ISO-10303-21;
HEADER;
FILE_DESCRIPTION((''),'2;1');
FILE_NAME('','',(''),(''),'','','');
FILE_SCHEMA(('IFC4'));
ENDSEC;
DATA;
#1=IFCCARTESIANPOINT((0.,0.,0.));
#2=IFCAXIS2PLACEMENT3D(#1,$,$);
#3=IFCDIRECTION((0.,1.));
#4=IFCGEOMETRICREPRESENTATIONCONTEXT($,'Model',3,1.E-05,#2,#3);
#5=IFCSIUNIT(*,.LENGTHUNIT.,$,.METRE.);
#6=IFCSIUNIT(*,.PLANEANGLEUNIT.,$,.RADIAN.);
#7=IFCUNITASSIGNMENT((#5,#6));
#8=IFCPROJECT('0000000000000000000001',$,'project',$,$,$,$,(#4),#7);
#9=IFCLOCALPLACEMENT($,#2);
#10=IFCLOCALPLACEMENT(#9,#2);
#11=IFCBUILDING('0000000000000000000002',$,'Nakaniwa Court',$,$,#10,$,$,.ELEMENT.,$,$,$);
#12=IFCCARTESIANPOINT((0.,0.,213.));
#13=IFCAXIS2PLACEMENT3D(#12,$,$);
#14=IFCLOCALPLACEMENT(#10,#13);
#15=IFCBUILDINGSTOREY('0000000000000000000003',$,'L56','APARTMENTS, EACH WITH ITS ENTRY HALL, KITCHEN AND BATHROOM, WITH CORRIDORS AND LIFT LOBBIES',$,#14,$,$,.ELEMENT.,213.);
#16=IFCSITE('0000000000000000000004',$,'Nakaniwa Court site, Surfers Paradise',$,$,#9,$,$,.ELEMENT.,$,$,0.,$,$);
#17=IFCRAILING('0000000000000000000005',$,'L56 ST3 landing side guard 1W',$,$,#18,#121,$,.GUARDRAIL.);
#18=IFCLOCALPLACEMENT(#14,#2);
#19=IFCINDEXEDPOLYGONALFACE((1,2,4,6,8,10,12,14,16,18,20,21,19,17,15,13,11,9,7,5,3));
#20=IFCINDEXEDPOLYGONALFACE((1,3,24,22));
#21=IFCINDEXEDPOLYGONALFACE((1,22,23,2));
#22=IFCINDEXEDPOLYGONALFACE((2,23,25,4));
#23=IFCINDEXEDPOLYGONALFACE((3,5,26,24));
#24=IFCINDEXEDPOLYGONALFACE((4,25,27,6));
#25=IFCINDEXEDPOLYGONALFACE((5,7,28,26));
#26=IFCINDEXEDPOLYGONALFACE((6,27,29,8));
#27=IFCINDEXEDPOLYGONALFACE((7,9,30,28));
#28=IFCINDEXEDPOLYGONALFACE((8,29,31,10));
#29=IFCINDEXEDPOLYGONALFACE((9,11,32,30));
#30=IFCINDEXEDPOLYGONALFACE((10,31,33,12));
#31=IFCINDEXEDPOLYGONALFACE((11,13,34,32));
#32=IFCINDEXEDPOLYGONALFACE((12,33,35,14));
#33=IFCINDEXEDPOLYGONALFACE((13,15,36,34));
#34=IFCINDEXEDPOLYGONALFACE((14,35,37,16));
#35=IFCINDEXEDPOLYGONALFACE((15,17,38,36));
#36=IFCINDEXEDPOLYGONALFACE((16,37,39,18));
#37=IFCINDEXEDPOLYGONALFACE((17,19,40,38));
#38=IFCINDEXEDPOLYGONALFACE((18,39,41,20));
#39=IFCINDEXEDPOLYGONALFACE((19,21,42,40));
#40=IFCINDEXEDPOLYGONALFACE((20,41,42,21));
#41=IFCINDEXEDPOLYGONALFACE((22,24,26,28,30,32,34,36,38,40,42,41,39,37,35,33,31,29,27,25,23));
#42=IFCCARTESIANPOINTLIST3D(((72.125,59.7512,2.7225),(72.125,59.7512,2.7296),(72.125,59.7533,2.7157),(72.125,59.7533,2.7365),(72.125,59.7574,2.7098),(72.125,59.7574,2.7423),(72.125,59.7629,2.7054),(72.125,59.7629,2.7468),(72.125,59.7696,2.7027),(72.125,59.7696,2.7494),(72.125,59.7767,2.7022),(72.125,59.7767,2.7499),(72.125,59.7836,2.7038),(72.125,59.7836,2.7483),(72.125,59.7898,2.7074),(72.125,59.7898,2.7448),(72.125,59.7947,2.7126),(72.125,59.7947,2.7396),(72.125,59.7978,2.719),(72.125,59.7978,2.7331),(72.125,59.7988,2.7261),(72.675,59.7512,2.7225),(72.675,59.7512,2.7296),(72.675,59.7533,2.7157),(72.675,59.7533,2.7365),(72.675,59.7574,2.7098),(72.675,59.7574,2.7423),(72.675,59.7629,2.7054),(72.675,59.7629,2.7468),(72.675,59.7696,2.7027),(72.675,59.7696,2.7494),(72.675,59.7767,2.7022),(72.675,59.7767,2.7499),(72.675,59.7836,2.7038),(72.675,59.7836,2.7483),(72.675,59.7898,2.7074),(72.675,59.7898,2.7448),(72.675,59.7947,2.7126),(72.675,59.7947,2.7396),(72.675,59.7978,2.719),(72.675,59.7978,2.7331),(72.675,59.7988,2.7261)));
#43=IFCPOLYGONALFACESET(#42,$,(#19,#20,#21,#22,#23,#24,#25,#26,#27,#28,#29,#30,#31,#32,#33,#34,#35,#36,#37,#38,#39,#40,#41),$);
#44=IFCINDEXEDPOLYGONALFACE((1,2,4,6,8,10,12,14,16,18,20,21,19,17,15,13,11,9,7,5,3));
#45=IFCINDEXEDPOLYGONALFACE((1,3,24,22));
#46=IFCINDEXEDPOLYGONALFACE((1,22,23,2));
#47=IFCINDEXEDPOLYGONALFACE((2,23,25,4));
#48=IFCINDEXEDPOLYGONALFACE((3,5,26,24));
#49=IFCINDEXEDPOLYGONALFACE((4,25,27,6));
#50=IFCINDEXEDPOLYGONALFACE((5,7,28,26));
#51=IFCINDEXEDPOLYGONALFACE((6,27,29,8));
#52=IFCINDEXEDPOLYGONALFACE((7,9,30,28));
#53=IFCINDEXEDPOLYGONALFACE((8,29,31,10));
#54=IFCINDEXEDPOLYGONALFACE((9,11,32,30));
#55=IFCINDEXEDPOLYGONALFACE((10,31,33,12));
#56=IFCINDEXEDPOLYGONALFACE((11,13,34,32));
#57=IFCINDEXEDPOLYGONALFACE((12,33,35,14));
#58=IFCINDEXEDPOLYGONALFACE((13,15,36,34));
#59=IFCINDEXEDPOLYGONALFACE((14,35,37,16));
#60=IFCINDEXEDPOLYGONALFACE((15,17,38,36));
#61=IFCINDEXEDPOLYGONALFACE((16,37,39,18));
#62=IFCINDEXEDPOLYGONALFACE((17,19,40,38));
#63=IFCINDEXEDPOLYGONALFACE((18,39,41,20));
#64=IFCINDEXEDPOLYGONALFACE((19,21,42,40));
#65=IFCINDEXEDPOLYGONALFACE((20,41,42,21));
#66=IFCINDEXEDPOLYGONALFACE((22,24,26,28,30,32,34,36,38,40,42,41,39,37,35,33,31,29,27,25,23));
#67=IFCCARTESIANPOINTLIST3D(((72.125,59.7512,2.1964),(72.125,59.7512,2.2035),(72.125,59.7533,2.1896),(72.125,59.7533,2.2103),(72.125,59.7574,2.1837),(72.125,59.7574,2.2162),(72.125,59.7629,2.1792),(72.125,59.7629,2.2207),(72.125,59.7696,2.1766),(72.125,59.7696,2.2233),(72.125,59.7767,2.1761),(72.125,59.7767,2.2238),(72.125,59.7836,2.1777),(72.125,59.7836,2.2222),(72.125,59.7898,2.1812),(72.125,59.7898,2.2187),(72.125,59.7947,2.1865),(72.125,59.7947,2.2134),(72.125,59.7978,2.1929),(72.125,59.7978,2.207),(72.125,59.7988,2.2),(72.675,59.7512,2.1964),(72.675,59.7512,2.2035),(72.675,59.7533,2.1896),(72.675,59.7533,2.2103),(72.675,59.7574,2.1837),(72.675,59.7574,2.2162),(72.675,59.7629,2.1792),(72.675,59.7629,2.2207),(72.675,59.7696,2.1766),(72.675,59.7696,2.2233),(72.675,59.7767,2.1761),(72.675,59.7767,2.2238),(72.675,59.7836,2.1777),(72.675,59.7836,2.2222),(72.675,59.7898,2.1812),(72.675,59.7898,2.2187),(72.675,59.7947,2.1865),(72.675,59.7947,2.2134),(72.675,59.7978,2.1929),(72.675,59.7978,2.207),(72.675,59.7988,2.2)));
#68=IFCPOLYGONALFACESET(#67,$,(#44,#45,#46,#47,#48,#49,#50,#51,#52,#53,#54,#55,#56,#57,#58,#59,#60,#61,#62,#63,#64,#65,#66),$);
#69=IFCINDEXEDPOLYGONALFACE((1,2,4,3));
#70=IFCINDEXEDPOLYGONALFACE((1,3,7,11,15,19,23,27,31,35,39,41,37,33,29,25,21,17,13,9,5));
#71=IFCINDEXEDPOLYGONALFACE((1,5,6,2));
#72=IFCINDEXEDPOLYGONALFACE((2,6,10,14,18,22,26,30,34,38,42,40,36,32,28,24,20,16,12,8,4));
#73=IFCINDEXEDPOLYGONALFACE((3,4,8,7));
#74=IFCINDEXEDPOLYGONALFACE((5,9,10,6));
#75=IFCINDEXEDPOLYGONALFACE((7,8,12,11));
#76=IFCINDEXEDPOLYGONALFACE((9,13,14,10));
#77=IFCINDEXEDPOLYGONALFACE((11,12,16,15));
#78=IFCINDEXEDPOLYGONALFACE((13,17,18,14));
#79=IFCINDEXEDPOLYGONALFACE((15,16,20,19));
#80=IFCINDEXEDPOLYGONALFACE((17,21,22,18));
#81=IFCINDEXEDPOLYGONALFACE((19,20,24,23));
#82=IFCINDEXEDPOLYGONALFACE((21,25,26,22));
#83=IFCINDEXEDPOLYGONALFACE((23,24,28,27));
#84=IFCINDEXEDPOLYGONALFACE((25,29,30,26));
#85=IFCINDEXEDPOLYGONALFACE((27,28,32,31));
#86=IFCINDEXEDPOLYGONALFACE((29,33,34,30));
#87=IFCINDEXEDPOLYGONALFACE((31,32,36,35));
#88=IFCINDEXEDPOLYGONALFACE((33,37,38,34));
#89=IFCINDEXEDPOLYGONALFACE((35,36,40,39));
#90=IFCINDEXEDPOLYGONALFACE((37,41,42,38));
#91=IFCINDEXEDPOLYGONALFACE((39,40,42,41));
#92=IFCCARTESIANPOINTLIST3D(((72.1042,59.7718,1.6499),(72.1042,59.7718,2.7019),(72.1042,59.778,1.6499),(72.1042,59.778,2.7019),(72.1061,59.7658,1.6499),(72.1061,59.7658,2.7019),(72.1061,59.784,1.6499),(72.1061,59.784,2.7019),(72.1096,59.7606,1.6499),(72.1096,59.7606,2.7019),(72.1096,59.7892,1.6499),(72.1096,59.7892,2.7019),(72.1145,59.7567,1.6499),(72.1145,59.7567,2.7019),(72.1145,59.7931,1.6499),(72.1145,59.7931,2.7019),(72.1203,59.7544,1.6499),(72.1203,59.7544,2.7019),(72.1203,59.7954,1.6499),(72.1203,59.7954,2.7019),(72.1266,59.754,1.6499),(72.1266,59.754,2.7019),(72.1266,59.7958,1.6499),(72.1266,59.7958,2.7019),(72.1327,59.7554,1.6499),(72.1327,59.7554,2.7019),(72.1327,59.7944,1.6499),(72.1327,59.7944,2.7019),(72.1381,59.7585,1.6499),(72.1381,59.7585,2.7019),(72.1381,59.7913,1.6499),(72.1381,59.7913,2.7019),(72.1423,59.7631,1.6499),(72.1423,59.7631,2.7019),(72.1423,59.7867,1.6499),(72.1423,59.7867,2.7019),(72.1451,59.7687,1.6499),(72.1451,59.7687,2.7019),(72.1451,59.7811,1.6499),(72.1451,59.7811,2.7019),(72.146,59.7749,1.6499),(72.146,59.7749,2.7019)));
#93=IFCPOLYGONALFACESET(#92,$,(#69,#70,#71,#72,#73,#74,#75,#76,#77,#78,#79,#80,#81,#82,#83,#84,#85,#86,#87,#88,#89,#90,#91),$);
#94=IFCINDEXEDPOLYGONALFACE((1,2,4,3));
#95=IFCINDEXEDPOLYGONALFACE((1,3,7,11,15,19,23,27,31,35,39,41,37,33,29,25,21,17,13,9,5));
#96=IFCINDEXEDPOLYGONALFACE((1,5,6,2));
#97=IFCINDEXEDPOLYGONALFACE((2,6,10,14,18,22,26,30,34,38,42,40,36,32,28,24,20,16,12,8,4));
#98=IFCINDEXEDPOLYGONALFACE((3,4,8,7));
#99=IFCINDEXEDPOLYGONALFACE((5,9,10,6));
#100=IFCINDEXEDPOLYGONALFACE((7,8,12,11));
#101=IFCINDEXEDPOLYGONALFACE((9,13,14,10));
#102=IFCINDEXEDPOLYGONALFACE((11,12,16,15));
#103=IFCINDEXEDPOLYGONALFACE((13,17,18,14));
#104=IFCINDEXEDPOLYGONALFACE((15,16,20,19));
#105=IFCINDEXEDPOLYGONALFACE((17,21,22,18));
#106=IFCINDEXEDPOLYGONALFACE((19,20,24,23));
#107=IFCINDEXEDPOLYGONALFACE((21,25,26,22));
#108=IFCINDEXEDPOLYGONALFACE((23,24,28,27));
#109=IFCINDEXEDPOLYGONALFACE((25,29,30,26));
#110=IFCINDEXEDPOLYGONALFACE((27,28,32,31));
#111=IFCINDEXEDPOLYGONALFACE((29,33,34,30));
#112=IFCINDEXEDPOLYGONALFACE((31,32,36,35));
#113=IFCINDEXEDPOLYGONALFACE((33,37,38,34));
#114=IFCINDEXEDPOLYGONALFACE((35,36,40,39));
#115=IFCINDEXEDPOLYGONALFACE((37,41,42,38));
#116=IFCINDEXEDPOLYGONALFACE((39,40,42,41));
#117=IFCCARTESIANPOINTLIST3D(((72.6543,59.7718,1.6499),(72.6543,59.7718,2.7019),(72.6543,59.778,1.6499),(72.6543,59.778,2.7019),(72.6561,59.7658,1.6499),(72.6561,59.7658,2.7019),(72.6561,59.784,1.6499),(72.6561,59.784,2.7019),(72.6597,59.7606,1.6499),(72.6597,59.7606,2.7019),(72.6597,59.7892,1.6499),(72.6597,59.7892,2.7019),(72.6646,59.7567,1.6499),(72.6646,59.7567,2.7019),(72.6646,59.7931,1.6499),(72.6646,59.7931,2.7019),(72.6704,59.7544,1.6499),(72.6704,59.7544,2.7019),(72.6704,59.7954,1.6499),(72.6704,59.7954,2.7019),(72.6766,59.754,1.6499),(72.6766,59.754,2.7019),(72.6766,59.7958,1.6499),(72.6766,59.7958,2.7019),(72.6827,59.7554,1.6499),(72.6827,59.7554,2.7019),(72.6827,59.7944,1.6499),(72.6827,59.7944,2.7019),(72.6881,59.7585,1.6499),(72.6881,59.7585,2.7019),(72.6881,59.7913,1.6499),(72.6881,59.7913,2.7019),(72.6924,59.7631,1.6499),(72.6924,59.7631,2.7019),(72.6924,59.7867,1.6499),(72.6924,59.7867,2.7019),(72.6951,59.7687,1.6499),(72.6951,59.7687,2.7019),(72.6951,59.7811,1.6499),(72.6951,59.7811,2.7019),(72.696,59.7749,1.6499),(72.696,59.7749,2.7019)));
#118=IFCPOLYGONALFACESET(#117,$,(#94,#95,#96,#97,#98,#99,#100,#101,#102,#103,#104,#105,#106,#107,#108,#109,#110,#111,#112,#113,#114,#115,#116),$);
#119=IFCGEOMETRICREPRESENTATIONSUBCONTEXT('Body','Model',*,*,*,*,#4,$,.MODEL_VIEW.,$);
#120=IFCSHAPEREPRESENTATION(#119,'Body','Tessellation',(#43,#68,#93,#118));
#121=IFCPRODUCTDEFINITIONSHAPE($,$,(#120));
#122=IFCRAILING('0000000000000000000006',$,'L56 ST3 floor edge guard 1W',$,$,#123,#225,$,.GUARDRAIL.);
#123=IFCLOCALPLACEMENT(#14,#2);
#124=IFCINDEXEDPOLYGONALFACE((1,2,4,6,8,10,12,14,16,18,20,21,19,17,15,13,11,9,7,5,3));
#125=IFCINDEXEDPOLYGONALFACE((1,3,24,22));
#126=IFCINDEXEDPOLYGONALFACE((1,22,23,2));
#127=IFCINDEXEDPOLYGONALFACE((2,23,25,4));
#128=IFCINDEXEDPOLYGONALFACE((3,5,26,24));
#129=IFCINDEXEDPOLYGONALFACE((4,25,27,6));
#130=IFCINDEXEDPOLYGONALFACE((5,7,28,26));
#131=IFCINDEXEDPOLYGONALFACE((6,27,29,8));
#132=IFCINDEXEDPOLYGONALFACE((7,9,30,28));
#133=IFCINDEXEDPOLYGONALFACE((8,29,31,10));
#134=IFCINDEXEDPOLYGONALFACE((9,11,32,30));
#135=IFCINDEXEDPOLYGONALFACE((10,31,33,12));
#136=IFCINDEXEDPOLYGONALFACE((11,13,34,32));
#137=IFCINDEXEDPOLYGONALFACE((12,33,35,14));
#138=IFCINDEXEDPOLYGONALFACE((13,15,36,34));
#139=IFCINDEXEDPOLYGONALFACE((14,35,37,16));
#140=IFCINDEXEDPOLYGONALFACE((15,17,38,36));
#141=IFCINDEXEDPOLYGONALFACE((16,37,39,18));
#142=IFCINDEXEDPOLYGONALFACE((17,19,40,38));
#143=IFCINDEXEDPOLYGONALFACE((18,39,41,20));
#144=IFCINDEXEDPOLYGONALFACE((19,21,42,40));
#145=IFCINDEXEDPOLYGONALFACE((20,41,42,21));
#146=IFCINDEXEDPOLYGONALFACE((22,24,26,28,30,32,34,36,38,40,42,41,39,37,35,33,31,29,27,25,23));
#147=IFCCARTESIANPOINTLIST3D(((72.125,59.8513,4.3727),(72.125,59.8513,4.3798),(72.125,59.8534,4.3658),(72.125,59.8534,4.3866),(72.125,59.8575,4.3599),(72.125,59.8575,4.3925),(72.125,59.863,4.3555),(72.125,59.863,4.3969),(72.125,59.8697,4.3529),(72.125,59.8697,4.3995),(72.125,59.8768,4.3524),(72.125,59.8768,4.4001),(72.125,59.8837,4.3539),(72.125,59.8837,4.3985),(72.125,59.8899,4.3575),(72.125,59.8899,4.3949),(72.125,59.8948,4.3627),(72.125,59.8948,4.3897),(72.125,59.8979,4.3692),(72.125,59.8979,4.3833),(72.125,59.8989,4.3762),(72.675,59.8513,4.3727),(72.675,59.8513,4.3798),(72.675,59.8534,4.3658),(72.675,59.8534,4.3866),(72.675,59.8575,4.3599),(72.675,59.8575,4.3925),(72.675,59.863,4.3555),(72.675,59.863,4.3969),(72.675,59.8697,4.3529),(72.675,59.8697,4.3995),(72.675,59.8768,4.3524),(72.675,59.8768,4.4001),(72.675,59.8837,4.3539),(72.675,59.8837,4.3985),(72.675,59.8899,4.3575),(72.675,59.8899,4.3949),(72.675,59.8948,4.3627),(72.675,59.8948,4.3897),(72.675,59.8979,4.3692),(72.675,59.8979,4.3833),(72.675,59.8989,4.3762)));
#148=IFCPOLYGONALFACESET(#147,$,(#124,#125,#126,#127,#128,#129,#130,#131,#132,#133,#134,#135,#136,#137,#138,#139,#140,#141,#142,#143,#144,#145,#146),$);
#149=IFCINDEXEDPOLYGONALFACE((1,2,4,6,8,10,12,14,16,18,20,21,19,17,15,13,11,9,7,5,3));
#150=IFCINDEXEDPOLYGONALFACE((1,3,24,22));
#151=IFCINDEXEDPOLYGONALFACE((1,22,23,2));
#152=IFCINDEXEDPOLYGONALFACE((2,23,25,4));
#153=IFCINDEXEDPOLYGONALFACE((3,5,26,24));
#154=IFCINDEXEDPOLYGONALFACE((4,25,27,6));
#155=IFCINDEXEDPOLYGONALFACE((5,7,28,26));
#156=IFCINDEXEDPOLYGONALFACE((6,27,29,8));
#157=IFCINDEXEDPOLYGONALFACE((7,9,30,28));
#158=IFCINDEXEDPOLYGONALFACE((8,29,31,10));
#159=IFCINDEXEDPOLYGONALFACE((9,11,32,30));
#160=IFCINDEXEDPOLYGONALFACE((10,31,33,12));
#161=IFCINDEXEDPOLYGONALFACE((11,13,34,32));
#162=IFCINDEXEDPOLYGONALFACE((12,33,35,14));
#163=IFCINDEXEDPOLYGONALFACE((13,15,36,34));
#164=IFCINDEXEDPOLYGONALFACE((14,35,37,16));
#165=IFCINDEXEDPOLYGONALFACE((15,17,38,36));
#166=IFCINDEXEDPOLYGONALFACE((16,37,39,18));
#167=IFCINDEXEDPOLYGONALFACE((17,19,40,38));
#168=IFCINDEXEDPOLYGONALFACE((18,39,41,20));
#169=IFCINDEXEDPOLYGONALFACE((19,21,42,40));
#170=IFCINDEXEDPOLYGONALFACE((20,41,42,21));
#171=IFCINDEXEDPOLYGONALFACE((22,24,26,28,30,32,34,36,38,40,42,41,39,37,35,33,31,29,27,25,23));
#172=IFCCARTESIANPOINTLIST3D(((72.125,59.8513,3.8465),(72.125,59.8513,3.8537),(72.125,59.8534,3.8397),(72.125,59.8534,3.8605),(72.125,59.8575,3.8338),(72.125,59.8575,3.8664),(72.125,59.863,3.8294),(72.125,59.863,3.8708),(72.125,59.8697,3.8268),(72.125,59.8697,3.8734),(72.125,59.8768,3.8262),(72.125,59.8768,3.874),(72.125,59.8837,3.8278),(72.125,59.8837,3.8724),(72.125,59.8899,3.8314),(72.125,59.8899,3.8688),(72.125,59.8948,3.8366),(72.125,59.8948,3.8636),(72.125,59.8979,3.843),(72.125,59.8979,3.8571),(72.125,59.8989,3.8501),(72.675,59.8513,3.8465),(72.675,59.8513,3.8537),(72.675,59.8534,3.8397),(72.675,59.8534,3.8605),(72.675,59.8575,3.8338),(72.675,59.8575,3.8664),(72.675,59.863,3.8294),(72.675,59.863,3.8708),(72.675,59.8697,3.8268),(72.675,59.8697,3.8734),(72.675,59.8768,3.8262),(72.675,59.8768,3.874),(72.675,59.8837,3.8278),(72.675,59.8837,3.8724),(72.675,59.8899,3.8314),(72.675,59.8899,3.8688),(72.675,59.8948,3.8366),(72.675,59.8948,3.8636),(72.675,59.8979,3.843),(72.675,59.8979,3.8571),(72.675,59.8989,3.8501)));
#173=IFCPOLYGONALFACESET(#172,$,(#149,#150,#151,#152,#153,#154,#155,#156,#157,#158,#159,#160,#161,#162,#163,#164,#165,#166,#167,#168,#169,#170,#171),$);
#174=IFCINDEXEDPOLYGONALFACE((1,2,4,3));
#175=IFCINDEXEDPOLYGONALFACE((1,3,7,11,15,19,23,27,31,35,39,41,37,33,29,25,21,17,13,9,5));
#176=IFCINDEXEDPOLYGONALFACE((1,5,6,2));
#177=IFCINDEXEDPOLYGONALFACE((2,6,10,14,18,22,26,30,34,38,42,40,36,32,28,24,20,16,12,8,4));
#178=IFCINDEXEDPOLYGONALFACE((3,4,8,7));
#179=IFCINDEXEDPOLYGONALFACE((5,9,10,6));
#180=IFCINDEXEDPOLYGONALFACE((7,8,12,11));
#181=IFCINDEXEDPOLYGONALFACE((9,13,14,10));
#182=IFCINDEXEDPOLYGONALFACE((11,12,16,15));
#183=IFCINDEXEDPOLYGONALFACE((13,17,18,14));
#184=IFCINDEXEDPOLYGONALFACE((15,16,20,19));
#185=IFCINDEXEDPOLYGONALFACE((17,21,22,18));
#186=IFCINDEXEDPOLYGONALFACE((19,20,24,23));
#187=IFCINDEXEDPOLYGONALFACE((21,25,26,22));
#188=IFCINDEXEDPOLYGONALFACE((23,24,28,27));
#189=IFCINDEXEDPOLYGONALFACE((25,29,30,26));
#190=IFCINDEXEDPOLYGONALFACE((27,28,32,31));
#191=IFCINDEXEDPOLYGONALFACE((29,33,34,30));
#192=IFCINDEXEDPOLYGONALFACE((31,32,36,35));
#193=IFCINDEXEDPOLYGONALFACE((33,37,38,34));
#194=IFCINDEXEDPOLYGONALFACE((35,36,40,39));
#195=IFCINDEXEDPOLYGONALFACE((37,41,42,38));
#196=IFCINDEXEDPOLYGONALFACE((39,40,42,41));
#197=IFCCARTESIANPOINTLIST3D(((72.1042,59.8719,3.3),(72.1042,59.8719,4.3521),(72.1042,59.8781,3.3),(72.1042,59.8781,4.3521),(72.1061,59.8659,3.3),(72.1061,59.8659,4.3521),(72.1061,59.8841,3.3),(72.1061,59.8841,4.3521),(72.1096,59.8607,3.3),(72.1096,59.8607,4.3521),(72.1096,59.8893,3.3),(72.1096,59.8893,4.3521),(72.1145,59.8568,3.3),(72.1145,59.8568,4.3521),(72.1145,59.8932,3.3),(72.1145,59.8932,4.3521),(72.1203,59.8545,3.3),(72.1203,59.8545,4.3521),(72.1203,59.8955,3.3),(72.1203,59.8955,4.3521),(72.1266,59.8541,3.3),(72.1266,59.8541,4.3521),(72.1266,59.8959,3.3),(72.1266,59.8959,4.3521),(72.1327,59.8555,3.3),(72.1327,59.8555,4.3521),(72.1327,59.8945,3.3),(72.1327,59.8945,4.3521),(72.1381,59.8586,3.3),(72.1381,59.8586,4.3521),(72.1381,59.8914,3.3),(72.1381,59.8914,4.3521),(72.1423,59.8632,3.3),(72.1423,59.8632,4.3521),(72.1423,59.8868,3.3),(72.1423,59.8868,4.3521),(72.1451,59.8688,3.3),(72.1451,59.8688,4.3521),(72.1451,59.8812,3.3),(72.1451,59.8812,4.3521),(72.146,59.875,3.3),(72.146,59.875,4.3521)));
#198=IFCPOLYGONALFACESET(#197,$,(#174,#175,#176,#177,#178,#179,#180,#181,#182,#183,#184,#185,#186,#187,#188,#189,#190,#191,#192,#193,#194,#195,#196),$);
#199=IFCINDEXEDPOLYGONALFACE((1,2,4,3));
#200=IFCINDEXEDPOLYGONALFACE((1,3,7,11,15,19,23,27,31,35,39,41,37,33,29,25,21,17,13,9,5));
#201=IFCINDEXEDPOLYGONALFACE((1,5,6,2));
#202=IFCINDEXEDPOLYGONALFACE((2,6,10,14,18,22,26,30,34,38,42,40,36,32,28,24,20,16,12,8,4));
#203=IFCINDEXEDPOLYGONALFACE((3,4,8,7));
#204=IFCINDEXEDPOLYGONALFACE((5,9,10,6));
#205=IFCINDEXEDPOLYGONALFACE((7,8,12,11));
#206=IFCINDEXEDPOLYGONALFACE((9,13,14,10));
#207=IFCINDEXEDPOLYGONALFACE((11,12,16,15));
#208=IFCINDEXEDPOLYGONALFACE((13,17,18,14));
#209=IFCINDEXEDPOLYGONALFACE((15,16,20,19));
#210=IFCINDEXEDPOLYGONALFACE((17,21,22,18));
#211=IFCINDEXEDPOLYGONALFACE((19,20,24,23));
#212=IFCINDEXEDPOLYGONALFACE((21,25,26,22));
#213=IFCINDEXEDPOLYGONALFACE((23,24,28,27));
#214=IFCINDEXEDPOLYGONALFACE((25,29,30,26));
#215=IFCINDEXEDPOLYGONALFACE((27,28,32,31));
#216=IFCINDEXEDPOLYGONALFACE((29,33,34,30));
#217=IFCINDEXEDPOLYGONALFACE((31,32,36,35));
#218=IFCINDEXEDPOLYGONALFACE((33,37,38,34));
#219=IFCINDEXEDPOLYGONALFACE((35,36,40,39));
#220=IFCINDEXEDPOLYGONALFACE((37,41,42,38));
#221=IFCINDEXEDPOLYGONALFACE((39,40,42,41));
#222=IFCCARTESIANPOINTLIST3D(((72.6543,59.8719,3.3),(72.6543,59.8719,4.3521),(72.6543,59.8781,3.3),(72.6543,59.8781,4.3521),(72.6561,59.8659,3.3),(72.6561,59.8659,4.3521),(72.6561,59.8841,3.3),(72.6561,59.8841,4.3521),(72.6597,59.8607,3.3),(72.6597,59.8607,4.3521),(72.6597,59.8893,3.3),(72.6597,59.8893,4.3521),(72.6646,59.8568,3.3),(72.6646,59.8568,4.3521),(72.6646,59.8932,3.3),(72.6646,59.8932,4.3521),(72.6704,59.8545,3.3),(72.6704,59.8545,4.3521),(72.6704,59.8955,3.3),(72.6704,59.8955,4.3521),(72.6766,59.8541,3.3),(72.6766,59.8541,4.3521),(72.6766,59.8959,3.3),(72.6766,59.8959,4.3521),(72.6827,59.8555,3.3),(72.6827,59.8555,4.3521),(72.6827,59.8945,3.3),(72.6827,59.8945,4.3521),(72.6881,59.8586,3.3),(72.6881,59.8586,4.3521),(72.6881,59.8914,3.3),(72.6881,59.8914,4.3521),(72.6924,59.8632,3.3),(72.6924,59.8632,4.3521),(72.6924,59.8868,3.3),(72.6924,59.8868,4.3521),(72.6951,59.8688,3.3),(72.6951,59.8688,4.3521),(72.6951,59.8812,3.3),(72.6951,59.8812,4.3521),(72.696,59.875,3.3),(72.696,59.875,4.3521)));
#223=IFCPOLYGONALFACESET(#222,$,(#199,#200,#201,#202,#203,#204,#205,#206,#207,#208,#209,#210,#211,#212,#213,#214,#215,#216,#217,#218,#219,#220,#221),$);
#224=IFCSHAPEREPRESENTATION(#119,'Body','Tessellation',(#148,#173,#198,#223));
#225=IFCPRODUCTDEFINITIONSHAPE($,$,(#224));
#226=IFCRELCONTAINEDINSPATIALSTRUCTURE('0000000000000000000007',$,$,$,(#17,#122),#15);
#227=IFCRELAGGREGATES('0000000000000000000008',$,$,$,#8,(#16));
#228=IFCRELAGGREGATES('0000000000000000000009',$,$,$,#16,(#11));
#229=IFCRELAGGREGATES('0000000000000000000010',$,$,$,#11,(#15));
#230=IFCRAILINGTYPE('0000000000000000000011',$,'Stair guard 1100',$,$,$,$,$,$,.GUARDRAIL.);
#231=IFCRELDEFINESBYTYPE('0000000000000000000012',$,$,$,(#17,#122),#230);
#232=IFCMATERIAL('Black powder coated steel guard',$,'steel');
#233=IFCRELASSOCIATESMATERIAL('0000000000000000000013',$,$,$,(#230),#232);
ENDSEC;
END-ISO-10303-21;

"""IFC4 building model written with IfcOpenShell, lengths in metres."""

from ifc_helpers import new_model, si_unit, direction, frame, origin, origin_2d, place, context, subcontext, project, spatial, circle, extrude, material, type_object, element, save


model = new_model("IFC4")

# Units and contexts
model_context = context("Model", 3, precision=1e-05, world=origin(), true_north=direction((0.0, 1.0)))
body_context = subcontext(model_context, "Body", "Model", "MODEL_VIEW")
ifc_project = project(units=[si_unit("LENGTHUNIT", "METRE"), si_unit("PLANEANGLEUNIT", "RADIAN")], contexts=[model_context])

# Site, building, storey
site_placement = place(None, origin())
site = spatial("IfcSite", under=ifc_project, at=site_placement, Name="Nakaniwa Court site, Surfers Paradise", CompositionType="ELEMENT", RefElevation=0.0)
building_placement = place(site_placement, origin())
building = spatial("IfcBuilding", under=site, at=building_placement, Name="Nakaniwa Court", CompositionType="ELEMENT")
storey_placement = place(building_placement, frame((0.0, 0.0, 213.0)))
storey = spatial("IfcBuildingStorey", under=building, at=storey_placement, Name="L56", Description="APARTMENTS, EACH WITH ITS ENTRY HALL, KITCHEN AND BATHROOM, WITH CORRIDORS AND LIFT LOBBIES", CompositionType="ELEMENT", Elevation=213.0)

# Railings
ifc_material_1 = material(Name="Black powder coated steel guard", Category="steel")
railing_type_1 = type_object("IfcRailingType", Name="Stair guard 1100", PredefinedType="GUARDRAIL", material=ifc_material_1)
for number, where, name in (
    (1, (72.125, 59.7749, 1.6499), "L56 ST3 landing side guard 1W"),
    (2, (72.125, 59.875, 3.3), "L56 ST3 floor edge guard 1W"),
):
    element("IfcRailing", number, at=place(storey_placement, frame(where)), inside=storey, type_object=railing_type_1, Name=name, PredefinedType="GUARDRAIL", context=body_context, shape_type="SweptSolid", body=[
        extrude(circle(Radius=0.0239, at=origin_2d()), frame((0.0, 0.0, 1.0762), z_axis=(1.0, 0.0, 0.0), x_axis=(0.0, 1.0, 0.0)), (0.0, 0.0, 1.0), 0.55),
        extrude(circle(Radius=0.0239, at=origin_2d()), frame((0.0, 0.0, 0.55), z_axis=(1.0, 0.0, 0.0), x_axis=(0.0, 1.0, 0.0)), (0.0, 0.0, 1.0), 0.55),
        extrude(circle(Radius=0.021, at=origin_2d()), origin(), (0.0, 0.0, 1.0), 1.052),
        extrude(circle(Radius=0.021, at=origin_2d()), frame((0.55, 0.0, 0.0)), (0.0, 0.0, 1.0), 1.052),
    ])

save(model, "model.ifc")
